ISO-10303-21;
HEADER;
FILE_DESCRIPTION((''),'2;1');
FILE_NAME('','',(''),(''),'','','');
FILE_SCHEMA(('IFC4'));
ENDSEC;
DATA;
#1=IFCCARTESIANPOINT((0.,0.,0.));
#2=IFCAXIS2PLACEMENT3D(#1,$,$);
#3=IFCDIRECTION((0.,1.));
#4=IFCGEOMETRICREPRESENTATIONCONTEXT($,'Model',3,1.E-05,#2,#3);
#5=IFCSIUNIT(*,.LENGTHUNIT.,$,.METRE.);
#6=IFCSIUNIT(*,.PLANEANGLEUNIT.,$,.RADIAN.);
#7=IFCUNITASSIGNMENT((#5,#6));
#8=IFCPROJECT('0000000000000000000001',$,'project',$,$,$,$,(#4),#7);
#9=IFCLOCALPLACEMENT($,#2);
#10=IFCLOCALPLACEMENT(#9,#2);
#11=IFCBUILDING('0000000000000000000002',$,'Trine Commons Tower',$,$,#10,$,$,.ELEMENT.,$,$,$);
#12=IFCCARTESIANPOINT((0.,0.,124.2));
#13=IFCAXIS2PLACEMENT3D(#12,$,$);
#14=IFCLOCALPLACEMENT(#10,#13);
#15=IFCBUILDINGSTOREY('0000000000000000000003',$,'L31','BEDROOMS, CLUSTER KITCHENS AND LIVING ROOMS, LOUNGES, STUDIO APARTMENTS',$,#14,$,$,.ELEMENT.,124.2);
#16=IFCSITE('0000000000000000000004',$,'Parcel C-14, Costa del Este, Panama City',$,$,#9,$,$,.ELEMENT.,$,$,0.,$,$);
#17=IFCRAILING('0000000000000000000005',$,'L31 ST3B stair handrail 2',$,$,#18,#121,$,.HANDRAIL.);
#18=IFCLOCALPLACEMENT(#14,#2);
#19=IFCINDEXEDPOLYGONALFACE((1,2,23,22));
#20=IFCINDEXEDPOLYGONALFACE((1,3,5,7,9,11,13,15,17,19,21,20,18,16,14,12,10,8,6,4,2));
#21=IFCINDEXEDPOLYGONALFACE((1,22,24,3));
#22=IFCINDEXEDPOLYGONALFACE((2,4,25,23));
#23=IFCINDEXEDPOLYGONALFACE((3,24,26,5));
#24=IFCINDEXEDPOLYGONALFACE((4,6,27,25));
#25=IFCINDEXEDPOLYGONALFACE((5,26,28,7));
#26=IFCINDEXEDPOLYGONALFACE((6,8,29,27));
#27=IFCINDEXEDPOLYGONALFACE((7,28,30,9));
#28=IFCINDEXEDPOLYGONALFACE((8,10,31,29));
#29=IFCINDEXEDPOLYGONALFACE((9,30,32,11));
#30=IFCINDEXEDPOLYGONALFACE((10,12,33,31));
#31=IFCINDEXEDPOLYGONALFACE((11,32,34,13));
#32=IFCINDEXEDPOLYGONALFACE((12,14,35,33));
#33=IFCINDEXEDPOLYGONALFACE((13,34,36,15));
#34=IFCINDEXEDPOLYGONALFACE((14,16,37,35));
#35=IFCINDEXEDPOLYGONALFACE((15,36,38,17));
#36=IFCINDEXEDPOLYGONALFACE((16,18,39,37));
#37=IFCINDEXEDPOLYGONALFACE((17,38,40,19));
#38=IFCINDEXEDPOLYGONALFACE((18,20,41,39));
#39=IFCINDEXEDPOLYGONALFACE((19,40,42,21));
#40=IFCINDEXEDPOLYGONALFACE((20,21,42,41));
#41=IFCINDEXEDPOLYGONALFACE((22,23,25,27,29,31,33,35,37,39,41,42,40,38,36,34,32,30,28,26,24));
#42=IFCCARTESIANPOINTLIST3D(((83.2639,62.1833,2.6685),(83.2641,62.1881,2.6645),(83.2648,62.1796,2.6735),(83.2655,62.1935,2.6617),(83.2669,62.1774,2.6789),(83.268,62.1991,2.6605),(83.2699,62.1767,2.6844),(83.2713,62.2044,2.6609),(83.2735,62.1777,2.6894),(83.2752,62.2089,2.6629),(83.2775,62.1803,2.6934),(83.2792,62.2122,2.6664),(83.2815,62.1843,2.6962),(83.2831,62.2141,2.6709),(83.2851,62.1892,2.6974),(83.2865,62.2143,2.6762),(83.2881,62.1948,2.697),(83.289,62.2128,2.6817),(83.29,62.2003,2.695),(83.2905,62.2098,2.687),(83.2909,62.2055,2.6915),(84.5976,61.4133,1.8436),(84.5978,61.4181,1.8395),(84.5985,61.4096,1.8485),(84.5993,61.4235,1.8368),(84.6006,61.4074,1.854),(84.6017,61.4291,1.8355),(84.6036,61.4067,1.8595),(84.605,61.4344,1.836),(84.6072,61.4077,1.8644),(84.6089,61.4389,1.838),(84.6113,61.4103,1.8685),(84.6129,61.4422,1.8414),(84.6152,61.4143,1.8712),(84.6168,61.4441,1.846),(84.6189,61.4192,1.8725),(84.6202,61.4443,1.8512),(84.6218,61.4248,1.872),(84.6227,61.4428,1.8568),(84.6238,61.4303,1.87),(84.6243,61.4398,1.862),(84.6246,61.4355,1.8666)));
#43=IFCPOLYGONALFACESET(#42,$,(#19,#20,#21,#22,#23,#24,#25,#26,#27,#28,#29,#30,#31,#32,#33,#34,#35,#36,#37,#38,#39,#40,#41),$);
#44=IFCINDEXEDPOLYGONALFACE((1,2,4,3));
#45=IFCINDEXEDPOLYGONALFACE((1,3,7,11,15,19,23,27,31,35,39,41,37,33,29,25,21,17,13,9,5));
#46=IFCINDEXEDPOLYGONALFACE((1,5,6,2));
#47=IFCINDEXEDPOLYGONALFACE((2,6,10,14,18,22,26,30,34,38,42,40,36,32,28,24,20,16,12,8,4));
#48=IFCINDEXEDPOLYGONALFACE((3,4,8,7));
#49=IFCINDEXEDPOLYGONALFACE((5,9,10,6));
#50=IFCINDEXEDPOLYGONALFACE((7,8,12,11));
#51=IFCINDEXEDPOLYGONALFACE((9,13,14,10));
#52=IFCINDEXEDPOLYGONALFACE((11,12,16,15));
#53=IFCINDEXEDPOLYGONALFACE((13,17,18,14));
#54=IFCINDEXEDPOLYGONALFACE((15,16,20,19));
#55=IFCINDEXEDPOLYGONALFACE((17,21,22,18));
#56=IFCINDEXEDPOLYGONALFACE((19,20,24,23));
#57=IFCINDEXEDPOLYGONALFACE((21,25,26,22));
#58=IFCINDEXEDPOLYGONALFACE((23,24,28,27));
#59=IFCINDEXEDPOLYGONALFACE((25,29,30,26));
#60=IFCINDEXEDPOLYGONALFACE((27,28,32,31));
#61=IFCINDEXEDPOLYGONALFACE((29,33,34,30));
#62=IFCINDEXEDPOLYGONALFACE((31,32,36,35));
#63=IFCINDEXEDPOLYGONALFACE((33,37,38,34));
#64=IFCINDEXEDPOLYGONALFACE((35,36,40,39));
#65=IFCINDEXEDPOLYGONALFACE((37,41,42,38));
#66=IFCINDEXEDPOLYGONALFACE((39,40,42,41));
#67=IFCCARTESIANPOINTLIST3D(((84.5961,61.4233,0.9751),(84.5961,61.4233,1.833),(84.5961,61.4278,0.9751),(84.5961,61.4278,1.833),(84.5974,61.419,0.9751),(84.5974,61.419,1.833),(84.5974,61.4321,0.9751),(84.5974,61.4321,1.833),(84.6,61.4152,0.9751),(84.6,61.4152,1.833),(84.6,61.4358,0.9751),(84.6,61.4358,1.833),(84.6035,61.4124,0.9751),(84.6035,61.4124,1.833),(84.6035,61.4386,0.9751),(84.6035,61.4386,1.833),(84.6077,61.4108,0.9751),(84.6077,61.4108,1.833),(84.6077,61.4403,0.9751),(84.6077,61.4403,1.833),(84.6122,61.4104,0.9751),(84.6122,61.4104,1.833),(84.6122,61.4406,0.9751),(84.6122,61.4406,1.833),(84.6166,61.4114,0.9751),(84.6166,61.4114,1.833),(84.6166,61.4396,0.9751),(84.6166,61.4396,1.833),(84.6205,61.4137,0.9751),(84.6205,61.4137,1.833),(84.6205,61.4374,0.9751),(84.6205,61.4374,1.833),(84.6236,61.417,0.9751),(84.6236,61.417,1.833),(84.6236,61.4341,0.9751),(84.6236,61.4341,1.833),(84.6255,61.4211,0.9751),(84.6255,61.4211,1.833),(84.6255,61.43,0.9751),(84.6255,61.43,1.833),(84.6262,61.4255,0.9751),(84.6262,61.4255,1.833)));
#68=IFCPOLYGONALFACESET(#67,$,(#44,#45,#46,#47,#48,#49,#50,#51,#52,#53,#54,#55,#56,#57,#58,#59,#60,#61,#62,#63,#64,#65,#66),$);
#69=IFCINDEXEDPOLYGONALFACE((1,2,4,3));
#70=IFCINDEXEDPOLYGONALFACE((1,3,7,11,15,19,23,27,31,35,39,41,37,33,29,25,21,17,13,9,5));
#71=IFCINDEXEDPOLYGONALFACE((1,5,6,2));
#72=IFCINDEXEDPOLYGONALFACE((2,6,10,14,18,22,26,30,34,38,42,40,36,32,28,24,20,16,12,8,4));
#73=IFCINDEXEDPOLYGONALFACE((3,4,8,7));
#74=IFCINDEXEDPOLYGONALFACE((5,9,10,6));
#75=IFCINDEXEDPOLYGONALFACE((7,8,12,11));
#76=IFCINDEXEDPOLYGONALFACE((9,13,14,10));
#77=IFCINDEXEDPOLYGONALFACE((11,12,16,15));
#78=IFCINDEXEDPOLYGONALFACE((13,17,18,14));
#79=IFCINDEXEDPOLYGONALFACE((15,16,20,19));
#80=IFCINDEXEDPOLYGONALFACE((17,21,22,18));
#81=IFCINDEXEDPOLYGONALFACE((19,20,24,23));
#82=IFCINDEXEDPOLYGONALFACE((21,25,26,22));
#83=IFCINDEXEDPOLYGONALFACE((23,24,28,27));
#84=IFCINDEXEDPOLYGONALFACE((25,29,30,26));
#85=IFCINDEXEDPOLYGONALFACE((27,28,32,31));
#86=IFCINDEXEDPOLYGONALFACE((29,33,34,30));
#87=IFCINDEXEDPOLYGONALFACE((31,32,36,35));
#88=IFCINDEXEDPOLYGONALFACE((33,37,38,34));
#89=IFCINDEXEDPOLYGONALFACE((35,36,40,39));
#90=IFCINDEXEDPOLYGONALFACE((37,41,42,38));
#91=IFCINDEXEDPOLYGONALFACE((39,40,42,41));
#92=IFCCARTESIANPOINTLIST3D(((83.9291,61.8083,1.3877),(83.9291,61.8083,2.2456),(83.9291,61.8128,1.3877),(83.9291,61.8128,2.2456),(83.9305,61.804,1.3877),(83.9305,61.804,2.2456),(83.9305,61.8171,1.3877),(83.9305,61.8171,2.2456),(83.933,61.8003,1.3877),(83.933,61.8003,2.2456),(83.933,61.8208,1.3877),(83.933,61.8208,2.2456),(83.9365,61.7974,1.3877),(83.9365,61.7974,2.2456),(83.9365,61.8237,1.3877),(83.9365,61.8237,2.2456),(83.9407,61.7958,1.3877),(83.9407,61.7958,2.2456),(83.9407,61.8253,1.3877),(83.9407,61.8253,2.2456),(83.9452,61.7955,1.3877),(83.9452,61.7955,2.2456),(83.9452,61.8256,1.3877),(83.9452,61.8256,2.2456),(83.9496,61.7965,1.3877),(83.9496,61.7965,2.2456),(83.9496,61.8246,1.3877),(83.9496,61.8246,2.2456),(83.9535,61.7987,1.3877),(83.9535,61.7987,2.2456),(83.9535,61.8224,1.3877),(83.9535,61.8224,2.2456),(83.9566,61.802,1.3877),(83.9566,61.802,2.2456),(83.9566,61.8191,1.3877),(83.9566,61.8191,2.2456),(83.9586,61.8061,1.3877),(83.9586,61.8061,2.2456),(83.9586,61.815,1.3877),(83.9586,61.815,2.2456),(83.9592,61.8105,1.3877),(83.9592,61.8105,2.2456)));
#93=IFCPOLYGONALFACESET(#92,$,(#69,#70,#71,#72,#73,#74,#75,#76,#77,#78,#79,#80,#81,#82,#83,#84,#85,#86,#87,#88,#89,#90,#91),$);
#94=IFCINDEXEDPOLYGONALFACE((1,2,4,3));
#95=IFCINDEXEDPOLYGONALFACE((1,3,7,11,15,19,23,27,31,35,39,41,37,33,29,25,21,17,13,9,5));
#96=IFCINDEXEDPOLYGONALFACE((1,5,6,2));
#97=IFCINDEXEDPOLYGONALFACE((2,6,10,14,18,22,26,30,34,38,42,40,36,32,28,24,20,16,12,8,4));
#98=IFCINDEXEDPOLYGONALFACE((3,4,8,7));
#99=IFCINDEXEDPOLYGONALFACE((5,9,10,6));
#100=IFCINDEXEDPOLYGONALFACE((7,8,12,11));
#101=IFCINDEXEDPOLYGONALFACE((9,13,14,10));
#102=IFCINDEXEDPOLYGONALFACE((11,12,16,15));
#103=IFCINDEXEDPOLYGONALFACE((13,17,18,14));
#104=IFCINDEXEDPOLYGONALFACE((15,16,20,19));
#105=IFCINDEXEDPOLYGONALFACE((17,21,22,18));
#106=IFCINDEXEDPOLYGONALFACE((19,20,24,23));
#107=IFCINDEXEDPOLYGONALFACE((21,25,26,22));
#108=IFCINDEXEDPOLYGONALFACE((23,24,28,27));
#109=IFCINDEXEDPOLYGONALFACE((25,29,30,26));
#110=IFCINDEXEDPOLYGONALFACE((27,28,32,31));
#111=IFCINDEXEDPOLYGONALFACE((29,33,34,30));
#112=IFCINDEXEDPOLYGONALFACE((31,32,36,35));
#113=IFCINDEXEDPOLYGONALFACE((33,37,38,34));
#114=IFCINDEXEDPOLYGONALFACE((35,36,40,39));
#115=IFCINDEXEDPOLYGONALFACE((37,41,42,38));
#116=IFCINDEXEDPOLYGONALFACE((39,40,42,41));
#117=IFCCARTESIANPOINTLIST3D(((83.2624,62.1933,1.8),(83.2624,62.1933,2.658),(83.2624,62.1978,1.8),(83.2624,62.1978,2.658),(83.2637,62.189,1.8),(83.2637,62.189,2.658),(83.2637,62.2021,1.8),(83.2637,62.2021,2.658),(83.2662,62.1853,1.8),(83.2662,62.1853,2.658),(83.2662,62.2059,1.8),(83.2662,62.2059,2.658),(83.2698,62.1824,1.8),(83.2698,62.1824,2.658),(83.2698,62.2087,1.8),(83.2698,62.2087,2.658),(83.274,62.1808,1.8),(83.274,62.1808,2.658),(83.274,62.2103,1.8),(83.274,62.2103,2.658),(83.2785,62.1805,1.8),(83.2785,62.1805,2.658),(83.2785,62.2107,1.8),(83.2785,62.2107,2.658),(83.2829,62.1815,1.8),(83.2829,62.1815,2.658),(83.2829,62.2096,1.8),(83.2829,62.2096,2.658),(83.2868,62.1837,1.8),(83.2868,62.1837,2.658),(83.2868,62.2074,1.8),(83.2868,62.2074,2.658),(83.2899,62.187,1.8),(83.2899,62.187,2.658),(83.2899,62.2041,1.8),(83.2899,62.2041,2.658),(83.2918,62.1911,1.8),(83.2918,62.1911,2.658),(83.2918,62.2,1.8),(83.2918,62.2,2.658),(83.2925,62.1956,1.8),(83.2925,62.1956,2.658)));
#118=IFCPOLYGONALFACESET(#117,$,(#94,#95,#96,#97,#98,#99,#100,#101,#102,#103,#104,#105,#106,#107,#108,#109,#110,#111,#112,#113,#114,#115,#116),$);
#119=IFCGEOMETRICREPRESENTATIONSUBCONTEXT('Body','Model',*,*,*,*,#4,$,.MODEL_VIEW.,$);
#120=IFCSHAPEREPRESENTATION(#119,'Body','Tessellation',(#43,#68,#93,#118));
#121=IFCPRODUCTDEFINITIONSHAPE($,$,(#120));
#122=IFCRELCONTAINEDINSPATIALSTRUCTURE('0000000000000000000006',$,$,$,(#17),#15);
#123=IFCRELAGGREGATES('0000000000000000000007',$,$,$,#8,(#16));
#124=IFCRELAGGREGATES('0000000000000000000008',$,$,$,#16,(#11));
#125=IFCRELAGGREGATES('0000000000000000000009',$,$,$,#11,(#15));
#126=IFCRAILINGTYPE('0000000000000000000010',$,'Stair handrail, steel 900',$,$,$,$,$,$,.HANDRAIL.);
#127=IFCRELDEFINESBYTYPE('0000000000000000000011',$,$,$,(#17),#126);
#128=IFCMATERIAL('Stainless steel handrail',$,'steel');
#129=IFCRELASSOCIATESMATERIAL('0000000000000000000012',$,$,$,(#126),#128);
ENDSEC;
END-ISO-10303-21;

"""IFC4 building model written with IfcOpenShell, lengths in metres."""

from ifc_helpers import new_model, si_unit, direction, frame, origin, origin_2d, place, context, subcontext, project, spatial, circle, extrude, material, type_object, element, save


model = new_model("IFC4")

# Units and contexts
model_context = context("Model", 3, precision=1e-05, world=origin(), true_north=direction((0.0, 1.0)))
body_context = subcontext(model_context, "Body", "Model", "MODEL_VIEW")
ifc_project = project(units=[si_unit("LENGTHUNIT", "METRE"), si_unit("PLANEANGLEUNIT", "RADIAN")], contexts=[model_context])

# Site, building, storey
site_placement = place(None, origin())
site = spatial("IfcSite", under=ifc_project, at=site_placement, Name="Parcel C-14, Costa del Este, Panama City", CompositionType="ELEMENT", RefElevation=0.0)
building_placement = place(site_placement, origin())
building = spatial("IfcBuilding", under=site, at=building_placement, Name="Trine Commons Tower", CompositionType="ELEMENT")
storey_placement = place(building_placement, frame((0.0, 0.0, 124.2)))
storey = spatial("IfcBuildingStorey", under=building, at=storey_placement, Name="L31", Description="BEDROOMS, CLUSTER KITCHENS AND LIVING ROOMS, LOUNGES, STUDIO APARTMENTS", CompositionType="ELEMENT", Elevation=124.2)

# Railing
ifc_material_1 = material(Name="Stainless steel handrail", Category="steel")
railing_type_1 = type_object("IfcRailingType", Name="Stair handrail, steel 900", PredefinedType="HANDRAIL", material=ifc_material_1)
for number, where, name in (
    (1, (84.6111, 61.4255, 0.9751), "L31 ST3B stair handrail 2"),
):
    element("IfcRailing", number, at=place(storey_placement, frame(where)), inside=storey, type_object=railing_type_1, Name=name, PredefinedType="HANDRAIL", context=body_context, shape_type="SweptSolid", body=[
        extrude(circle(Radius=0.021, at=origin_2d()), frame((0.0, 0.0, 0.8789), z_axis=(-0.763405, 0.440743, 0.472185), x_axis=(-0.499992, -0.86603, 0.0)), (0.0, 0.0, 1.0), 1.7471),
        extrude(circle(Radius=0.0151, at=origin_2d()), origin(), (0.0, 0.0, 1.0), 0.8579),
        extrude(circle(Radius=0.0151, at=origin_2d()), frame((-0.667, 0.385, 0.4126)), (0.0, 0.0, 1.0), 0.8579),
        extrude(circle(Radius=0.0151, at=origin_2d()), frame((-1.3337, 0.77, 0.825)), (0.0, 0.0, 1.0), 0.8579),
    ])

save(model, "model.ifc")
